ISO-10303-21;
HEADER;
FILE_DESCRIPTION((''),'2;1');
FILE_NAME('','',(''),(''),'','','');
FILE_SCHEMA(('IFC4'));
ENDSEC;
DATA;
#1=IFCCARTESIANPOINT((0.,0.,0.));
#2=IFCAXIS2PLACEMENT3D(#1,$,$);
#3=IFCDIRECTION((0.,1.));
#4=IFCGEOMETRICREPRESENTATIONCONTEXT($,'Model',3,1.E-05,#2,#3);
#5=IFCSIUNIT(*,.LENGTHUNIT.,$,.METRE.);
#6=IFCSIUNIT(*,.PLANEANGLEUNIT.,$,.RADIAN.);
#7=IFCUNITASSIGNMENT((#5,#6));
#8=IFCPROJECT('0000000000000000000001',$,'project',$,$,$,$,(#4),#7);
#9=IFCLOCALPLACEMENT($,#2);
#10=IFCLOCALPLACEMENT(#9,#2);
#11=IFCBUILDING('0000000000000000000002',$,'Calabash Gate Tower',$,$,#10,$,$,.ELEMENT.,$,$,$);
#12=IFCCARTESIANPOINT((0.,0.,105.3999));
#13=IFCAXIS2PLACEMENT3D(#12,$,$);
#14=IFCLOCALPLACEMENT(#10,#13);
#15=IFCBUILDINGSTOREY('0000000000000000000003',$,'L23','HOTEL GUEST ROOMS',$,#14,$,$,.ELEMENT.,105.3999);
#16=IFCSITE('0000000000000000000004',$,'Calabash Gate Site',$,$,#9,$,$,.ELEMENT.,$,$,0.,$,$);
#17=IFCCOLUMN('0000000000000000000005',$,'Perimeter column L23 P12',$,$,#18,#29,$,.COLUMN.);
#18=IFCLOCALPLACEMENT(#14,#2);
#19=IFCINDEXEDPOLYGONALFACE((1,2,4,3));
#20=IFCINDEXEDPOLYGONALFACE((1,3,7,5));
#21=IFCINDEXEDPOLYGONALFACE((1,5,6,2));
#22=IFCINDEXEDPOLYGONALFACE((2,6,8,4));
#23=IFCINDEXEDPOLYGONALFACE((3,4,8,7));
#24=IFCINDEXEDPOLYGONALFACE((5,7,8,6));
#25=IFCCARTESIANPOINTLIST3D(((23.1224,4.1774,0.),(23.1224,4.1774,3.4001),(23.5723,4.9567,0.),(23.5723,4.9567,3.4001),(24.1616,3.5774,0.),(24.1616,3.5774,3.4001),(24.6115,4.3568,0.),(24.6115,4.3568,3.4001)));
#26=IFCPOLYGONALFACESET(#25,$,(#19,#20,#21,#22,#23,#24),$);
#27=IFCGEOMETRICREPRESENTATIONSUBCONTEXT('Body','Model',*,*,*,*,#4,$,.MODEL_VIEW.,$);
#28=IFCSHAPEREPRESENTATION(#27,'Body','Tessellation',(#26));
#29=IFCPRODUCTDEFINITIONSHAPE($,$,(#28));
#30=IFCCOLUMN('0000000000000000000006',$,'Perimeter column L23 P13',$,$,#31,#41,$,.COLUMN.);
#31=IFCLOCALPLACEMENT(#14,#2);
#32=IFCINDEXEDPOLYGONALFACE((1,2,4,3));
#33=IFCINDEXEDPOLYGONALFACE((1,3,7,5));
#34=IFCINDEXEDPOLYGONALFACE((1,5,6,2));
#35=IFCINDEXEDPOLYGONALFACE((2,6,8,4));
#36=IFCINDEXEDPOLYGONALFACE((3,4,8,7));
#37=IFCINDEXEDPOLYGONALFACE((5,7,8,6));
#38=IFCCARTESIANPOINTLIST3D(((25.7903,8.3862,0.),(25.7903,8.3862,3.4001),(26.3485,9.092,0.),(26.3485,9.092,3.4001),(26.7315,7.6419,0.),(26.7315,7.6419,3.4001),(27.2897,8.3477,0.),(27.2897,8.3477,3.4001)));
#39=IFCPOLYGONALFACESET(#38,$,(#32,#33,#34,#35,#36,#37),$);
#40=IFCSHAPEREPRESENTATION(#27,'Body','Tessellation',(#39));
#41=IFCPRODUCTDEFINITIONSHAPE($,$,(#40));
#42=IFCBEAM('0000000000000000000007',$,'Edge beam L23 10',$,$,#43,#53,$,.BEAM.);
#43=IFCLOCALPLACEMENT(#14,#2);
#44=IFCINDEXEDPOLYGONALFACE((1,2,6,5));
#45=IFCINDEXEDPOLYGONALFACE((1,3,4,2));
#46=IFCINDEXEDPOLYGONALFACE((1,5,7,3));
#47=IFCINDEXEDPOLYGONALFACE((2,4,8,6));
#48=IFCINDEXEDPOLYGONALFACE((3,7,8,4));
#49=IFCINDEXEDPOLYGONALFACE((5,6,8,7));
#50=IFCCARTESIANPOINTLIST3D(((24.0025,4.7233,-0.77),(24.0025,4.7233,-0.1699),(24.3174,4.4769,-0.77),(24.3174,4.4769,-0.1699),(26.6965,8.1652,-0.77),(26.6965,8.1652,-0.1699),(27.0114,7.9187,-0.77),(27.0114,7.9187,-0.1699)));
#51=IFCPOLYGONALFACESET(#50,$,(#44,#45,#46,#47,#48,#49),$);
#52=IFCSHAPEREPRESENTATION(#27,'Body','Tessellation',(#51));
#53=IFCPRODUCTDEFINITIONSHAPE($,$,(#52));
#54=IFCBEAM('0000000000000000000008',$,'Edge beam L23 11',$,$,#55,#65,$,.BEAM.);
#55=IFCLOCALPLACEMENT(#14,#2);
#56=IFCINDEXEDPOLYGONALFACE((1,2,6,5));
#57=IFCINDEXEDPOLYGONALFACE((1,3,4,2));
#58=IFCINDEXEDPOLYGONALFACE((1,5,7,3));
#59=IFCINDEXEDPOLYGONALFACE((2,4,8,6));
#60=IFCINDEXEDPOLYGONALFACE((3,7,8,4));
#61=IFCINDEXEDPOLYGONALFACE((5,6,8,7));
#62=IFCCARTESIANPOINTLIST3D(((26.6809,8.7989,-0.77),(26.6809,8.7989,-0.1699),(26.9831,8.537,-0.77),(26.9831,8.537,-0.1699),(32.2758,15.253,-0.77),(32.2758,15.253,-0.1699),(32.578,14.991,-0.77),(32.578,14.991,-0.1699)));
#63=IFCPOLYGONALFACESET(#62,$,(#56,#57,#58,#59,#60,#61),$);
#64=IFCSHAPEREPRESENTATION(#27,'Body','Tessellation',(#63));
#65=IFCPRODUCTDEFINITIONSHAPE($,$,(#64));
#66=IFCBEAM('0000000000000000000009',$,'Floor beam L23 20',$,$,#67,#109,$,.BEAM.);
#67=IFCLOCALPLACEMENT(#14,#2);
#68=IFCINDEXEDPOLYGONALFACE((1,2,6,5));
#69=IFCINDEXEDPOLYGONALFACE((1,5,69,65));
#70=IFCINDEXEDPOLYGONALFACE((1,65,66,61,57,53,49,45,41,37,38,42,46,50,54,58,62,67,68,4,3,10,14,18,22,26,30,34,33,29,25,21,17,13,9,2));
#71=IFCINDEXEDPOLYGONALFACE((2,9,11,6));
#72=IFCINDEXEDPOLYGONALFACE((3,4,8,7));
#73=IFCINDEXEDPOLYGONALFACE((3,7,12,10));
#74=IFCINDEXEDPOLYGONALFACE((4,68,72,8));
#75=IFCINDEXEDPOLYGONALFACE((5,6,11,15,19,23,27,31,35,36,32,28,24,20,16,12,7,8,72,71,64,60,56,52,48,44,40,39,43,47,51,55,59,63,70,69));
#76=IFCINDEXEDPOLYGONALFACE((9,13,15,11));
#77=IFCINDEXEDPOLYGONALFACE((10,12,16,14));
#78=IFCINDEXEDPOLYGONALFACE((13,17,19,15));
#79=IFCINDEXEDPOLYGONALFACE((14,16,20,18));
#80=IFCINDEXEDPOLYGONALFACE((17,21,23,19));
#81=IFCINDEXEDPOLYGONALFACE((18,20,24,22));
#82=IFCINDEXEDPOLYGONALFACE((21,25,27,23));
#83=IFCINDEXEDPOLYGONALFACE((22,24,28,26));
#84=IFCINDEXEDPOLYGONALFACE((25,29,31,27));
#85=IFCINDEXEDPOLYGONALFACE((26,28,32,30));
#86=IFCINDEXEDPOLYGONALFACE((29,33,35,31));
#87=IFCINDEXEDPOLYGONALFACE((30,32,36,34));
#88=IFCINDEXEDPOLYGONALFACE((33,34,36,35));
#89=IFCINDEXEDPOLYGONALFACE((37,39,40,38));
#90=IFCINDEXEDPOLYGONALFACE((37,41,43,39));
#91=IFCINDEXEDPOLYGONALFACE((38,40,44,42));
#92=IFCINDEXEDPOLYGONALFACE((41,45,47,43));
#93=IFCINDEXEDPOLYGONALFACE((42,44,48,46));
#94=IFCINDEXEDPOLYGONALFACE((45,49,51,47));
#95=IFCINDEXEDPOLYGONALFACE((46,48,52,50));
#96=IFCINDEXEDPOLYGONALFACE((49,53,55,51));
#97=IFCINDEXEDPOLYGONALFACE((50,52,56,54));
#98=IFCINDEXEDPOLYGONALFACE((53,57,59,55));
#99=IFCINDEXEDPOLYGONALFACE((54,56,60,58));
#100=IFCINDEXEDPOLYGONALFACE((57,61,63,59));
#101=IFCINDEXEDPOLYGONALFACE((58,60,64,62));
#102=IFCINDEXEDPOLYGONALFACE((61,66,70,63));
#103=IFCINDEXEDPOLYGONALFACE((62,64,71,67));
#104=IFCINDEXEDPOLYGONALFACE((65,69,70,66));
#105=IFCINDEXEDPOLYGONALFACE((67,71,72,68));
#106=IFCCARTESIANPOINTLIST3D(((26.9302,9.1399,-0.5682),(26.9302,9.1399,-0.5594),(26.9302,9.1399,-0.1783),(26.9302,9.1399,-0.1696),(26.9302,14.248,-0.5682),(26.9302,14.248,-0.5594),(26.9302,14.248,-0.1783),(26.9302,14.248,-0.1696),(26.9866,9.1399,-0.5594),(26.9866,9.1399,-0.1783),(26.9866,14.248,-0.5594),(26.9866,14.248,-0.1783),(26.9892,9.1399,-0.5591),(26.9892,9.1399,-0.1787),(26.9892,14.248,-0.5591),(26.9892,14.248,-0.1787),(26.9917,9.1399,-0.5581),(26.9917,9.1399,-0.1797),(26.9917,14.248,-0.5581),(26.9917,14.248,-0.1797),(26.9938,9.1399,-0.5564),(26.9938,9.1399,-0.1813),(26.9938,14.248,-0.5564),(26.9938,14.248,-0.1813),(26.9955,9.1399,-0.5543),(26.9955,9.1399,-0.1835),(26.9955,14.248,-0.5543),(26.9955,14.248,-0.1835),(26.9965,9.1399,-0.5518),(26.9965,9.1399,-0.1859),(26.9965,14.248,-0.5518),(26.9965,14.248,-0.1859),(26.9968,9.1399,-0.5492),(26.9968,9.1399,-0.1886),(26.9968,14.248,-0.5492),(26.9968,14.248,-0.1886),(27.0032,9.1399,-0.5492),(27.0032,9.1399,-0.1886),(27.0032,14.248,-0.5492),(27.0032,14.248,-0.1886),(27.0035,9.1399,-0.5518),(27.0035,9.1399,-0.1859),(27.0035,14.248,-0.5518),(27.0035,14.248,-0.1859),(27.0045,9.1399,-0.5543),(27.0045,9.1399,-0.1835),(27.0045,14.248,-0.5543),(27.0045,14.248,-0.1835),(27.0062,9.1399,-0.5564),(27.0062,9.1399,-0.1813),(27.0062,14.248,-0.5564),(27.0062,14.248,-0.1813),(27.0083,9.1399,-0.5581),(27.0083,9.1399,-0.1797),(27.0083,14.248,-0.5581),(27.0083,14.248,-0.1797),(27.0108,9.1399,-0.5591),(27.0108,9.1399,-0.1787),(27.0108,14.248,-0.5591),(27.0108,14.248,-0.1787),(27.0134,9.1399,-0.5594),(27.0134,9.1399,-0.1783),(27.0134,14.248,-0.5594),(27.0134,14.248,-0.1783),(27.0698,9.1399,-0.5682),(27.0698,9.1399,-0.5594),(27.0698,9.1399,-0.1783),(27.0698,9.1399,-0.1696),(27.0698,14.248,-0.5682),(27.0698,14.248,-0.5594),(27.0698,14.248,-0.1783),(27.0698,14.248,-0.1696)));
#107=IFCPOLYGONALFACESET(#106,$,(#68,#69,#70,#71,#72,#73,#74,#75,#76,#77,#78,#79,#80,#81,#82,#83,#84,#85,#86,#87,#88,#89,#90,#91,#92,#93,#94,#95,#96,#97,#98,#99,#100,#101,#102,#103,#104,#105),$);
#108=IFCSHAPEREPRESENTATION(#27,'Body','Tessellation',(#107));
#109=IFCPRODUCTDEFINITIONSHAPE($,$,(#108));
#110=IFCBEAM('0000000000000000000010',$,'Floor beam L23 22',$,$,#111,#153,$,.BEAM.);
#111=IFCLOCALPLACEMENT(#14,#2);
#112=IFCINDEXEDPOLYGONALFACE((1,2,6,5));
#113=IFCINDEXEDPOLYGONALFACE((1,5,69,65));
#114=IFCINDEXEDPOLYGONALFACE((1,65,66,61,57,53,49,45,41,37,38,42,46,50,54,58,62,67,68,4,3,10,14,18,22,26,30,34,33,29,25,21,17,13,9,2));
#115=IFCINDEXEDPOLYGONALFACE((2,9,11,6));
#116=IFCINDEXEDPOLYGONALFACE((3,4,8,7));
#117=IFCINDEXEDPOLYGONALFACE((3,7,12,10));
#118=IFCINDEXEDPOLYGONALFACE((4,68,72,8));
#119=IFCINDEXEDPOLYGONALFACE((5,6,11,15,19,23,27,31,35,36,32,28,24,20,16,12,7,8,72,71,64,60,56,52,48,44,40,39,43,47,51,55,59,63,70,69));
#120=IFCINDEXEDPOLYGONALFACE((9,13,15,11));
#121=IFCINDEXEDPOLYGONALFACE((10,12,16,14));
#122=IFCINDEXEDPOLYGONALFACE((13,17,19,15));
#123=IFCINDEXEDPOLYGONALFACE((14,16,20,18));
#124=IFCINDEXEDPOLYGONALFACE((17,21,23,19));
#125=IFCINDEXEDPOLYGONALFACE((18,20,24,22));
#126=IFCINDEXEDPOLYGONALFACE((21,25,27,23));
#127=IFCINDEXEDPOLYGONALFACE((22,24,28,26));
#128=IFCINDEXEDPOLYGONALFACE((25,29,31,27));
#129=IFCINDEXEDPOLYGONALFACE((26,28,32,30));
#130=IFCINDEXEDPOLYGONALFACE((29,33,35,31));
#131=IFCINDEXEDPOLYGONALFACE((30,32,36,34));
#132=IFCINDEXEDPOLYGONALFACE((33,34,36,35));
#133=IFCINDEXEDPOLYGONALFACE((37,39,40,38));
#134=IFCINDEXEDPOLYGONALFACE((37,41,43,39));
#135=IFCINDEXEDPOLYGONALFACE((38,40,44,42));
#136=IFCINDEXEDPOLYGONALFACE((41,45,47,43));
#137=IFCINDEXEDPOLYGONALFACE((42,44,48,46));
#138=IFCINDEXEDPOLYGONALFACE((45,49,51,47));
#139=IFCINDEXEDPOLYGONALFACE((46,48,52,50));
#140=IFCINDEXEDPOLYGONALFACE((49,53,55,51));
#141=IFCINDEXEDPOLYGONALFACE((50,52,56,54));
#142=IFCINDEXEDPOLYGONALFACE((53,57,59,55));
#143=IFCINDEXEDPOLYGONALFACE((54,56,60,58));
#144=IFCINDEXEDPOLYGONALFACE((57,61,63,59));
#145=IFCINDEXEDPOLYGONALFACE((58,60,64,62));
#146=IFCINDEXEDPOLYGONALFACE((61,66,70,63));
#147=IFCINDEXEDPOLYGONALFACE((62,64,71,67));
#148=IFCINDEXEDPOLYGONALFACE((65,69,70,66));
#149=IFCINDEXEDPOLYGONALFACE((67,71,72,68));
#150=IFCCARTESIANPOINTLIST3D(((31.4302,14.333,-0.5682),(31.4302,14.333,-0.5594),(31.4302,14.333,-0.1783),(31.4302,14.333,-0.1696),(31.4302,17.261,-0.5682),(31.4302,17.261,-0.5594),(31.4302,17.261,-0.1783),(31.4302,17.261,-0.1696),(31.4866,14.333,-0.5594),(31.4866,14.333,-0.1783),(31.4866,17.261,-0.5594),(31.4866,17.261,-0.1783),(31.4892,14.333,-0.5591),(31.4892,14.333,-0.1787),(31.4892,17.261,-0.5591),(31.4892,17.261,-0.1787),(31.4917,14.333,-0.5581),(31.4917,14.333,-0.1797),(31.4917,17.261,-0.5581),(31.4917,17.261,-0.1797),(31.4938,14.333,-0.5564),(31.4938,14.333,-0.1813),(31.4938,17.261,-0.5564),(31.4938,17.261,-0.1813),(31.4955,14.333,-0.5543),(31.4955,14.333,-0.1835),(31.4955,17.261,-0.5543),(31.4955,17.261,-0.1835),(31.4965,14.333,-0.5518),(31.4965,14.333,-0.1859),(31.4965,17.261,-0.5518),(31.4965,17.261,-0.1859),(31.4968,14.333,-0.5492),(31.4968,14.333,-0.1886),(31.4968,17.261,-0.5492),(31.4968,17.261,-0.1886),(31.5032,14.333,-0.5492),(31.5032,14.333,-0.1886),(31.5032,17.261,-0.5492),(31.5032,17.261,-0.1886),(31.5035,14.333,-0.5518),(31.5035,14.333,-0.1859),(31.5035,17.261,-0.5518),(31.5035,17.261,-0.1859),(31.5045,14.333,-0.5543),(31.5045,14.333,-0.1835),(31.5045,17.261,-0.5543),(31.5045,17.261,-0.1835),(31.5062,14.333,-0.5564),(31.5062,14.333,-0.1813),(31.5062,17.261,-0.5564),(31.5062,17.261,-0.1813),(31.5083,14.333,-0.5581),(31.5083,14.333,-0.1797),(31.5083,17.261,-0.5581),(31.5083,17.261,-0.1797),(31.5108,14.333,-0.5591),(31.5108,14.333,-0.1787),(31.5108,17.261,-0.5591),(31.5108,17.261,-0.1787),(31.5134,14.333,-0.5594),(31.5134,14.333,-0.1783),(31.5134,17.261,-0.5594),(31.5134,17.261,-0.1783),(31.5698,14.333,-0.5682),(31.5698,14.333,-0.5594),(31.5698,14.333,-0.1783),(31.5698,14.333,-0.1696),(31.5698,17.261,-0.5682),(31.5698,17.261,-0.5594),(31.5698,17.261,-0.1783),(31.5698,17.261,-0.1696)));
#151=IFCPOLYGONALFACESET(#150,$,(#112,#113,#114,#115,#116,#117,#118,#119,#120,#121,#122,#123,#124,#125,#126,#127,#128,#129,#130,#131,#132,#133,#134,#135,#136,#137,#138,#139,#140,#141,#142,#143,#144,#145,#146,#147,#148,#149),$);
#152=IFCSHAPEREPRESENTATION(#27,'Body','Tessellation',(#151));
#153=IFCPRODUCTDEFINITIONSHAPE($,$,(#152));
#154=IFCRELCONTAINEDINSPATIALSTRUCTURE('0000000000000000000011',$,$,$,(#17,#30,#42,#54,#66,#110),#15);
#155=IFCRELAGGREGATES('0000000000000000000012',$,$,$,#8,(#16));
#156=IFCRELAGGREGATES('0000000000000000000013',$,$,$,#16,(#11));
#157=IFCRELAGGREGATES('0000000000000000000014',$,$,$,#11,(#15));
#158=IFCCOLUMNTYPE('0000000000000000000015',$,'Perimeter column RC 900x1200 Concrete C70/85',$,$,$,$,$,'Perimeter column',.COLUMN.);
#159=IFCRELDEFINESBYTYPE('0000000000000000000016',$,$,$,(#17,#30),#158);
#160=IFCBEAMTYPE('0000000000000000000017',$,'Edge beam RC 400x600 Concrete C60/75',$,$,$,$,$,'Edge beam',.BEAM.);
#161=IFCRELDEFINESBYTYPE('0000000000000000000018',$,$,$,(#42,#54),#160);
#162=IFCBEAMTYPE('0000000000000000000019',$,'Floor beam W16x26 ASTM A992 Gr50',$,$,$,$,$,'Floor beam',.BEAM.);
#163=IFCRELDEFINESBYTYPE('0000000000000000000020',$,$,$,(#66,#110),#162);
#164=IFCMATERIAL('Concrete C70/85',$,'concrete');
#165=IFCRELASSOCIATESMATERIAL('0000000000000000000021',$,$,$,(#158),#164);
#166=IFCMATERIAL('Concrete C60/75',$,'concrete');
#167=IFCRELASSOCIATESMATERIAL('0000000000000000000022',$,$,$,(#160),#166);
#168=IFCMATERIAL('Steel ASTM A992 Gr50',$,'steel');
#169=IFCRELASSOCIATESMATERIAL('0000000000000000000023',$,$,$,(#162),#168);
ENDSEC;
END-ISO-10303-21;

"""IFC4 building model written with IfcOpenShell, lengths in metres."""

from ifc_helpers import new_model, si_unit, direction, frame, origin, origin_2d, place, context, subcontext, project, spatial, rectangle, i_section, extrude, material, material_profile, profile_set, type_object, element, save


model = new_model("IFC4")

# Units and contexts
model_context = context("Model", 3, precision=1e-05, world=origin(), true_north=direction((0.0, 1.0)))
body_context = subcontext(model_context, "Body", "Model", "MODEL_VIEW")
ifc_project = project(units=[si_unit("LENGTHUNIT", "METRE"), si_unit("PLANEANGLEUNIT", "RADIAN")], contexts=[model_context])

# Site, building, storey
site_placement = place(None, origin())
site = spatial("IfcSite", under=ifc_project, at=site_placement, Name="Calabash Gate Site", CompositionType="ELEMENT", RefElevation=0.0)
building_placement = place(site_placement, origin())
building = spatial("IfcBuilding", under=site, at=building_placement, Name="Calabash Gate Tower", CompositionType="ELEMENT")
storey_placement = place(building_placement, frame((0.0, 0.0, 105.3999)))
storey = spatial("IfcBuildingStorey", under=building, at=storey_placement, Name="L23", Description="HOTEL GUEST ROOMS", CompositionType="ELEMENT", Elevation=105.3999)

# Columns
ifc_material_1 = material(Name="Concrete C70/85", Category="concrete")
ifc_material_profile_1 = material_profile(ifc_material_1, rectangle(XDim=0.8999, YDim=1.2, at=origin_2d()))
ifc_profile_set_1 = profile_set([ifc_material_profile_1], Name="Concrete C70/85")
column_type = type_object("IfcColumnType", Name="Perimeter column RC 900x1200 Concrete C70/85", ElementType="Perimeter column", PredefinedType="COLUMN", material=ifc_profile_set_1)
for number, where, z_axis, x_axis, name in (
    (1, (23.8669, 4.2671, 0.0), (0.0, 0.0, 1.0), (0.5, 0.866025, 0.0), "Perimeter column L23 P12"),
    (2, (26.54, 8.3669, 0.0), (0.0, 0.0, 1.0), (0.620301, 0.784364, 0.0), "Perimeter column L23 P13"),
):
    element("IfcColumn", number, at=place(storey_placement, frame(where, z_axis=z_axis, x_axis=x_axis)), inside=storey, type_object=column_type, Name=name, PredefinedType="COLUMN", context=body_context, shape_type="SweptSolid", body=[
        extrude(rectangle(XDim=0.8999, YDim=1.2, at=origin_2d()), origin(), (0.0, 0.0, 1.0), 3.4001),
    ])

# Beams
ifc_material_2 = material(Name="Concrete C60/75", Category="concrete")
ifc_material_profile_2 = material_profile(ifc_material_2, rectangle(XDim=0.3999, YDim=0.6001, at=origin_2d()))
ifc_profile_set_2 = profile_set([ifc_material_profile_2], Name="Concrete C60/75")
beam_type_1 = type_object("IfcBeamType", Name="Edge beam RC 400x600 Concrete C60/75", ElementType="Edge beam", PredefinedType="BEAM", material=ifc_profile_set_2)
beam_1_placement = place(storey_placement, frame((24.1599, 4.6001, -0.47), z_axis=(0.61637, 0.787457, 0.0), x_axis=(-0.787457, 0.61637, 0.0)))
element("IfcBeam", 3, at=beam_1_placement, inside=storey, type_object=beam_type_1, Name="Edge beam L23 10", PredefinedType="BEAM", context=body_context, shape_type="SweptSolid", body=[
    extrude(rectangle(XDim=0.3999, YDim=0.6001, at=origin_2d()), origin(), (0.0, 0.0, 1.0), 4.3708),
])
beam_2_placement = place(storey_placement, frame((26.832, 8.668, -0.47), z_axis=(0.655025, 0.755607, 0.0), x_axis=(-0.755607, 0.655025, 0.0)))
element("IfcBeam", 4, at=beam_2_placement, inside=storey, type_object=beam_type_1, Name="Edge beam L23 11", PredefinedType="BEAM", context=body_context, shape_type="SweptSolid", body=[
    extrude(rectangle(XDim=0.3999, YDim=0.6001, at=origin_2d()), origin(), (0.0, 0.0, 1.0), 8.5415),
])
ifc_material_3 = material(Name="Steel ASTM A992 Gr50", Category="steel")
ifc_material_profile_3 = material_profile(ifc_material_3, i_section(OverallWidth=0.1396, OverallDepth=0.3987, WebThickness=0.0063, FlangeThickness=0.0088, FilletRadius=0.0103, at=origin_2d()))
ifc_profile_set_3 = profile_set([ifc_material_profile_3], Name="Steel ASTM A992 Gr50")
beam_type_2 = type_object("IfcBeamType", Name="Floor beam W16x26 ASTM A992 Gr50", ElementType="Floor beam", PredefinedType="BEAM", material=ifc_profile_set_3)
beam_3_placement = place(storey_placement, frame((27.0, 9.1399, -0.3689), z_axis=(0.0, 1.0, 0.0), x_axis=(-1.0, 0.0, 0.0)))
element("IfcBeam", 5, at=beam_3_placement, inside=storey, type_object=beam_type_2, Name="Floor beam L23 20", PredefinedType="BEAM", context=body_context, shape_type="SweptSolid", body=[
    extrude(i_section(OverallWidth=0.1396, OverallDepth=0.3987, WebThickness=0.0063, FlangeThickness=0.0088, FilletRadius=0.0103, at=origin_2d()), origin(), (0.0, 0.0, 1.0), 5.1082),
])
beam_4_placement = place(storey_placement, frame((31.5, 14.333, -0.3689), z_axis=(0.0, 1.0, 0.0), x_axis=(-1.0, 0.0, 0.0)))
element("IfcBeam", 6, at=beam_4_placement, inside=storey, type_object=beam_type_2, Name="Floor beam L23 22", PredefinedType="BEAM", context=body_context, shape_type="SweptSolid", body=[
    extrude(i_section(OverallWidth=0.1396, OverallDepth=0.3987, WebThickness=0.0063, FlangeThickness=0.0088, FilletRadius=0.0103, at=origin_2d()), origin(), (0.0, 0.0, 1.0), 2.928),
])

save(model, "model.ifc")
